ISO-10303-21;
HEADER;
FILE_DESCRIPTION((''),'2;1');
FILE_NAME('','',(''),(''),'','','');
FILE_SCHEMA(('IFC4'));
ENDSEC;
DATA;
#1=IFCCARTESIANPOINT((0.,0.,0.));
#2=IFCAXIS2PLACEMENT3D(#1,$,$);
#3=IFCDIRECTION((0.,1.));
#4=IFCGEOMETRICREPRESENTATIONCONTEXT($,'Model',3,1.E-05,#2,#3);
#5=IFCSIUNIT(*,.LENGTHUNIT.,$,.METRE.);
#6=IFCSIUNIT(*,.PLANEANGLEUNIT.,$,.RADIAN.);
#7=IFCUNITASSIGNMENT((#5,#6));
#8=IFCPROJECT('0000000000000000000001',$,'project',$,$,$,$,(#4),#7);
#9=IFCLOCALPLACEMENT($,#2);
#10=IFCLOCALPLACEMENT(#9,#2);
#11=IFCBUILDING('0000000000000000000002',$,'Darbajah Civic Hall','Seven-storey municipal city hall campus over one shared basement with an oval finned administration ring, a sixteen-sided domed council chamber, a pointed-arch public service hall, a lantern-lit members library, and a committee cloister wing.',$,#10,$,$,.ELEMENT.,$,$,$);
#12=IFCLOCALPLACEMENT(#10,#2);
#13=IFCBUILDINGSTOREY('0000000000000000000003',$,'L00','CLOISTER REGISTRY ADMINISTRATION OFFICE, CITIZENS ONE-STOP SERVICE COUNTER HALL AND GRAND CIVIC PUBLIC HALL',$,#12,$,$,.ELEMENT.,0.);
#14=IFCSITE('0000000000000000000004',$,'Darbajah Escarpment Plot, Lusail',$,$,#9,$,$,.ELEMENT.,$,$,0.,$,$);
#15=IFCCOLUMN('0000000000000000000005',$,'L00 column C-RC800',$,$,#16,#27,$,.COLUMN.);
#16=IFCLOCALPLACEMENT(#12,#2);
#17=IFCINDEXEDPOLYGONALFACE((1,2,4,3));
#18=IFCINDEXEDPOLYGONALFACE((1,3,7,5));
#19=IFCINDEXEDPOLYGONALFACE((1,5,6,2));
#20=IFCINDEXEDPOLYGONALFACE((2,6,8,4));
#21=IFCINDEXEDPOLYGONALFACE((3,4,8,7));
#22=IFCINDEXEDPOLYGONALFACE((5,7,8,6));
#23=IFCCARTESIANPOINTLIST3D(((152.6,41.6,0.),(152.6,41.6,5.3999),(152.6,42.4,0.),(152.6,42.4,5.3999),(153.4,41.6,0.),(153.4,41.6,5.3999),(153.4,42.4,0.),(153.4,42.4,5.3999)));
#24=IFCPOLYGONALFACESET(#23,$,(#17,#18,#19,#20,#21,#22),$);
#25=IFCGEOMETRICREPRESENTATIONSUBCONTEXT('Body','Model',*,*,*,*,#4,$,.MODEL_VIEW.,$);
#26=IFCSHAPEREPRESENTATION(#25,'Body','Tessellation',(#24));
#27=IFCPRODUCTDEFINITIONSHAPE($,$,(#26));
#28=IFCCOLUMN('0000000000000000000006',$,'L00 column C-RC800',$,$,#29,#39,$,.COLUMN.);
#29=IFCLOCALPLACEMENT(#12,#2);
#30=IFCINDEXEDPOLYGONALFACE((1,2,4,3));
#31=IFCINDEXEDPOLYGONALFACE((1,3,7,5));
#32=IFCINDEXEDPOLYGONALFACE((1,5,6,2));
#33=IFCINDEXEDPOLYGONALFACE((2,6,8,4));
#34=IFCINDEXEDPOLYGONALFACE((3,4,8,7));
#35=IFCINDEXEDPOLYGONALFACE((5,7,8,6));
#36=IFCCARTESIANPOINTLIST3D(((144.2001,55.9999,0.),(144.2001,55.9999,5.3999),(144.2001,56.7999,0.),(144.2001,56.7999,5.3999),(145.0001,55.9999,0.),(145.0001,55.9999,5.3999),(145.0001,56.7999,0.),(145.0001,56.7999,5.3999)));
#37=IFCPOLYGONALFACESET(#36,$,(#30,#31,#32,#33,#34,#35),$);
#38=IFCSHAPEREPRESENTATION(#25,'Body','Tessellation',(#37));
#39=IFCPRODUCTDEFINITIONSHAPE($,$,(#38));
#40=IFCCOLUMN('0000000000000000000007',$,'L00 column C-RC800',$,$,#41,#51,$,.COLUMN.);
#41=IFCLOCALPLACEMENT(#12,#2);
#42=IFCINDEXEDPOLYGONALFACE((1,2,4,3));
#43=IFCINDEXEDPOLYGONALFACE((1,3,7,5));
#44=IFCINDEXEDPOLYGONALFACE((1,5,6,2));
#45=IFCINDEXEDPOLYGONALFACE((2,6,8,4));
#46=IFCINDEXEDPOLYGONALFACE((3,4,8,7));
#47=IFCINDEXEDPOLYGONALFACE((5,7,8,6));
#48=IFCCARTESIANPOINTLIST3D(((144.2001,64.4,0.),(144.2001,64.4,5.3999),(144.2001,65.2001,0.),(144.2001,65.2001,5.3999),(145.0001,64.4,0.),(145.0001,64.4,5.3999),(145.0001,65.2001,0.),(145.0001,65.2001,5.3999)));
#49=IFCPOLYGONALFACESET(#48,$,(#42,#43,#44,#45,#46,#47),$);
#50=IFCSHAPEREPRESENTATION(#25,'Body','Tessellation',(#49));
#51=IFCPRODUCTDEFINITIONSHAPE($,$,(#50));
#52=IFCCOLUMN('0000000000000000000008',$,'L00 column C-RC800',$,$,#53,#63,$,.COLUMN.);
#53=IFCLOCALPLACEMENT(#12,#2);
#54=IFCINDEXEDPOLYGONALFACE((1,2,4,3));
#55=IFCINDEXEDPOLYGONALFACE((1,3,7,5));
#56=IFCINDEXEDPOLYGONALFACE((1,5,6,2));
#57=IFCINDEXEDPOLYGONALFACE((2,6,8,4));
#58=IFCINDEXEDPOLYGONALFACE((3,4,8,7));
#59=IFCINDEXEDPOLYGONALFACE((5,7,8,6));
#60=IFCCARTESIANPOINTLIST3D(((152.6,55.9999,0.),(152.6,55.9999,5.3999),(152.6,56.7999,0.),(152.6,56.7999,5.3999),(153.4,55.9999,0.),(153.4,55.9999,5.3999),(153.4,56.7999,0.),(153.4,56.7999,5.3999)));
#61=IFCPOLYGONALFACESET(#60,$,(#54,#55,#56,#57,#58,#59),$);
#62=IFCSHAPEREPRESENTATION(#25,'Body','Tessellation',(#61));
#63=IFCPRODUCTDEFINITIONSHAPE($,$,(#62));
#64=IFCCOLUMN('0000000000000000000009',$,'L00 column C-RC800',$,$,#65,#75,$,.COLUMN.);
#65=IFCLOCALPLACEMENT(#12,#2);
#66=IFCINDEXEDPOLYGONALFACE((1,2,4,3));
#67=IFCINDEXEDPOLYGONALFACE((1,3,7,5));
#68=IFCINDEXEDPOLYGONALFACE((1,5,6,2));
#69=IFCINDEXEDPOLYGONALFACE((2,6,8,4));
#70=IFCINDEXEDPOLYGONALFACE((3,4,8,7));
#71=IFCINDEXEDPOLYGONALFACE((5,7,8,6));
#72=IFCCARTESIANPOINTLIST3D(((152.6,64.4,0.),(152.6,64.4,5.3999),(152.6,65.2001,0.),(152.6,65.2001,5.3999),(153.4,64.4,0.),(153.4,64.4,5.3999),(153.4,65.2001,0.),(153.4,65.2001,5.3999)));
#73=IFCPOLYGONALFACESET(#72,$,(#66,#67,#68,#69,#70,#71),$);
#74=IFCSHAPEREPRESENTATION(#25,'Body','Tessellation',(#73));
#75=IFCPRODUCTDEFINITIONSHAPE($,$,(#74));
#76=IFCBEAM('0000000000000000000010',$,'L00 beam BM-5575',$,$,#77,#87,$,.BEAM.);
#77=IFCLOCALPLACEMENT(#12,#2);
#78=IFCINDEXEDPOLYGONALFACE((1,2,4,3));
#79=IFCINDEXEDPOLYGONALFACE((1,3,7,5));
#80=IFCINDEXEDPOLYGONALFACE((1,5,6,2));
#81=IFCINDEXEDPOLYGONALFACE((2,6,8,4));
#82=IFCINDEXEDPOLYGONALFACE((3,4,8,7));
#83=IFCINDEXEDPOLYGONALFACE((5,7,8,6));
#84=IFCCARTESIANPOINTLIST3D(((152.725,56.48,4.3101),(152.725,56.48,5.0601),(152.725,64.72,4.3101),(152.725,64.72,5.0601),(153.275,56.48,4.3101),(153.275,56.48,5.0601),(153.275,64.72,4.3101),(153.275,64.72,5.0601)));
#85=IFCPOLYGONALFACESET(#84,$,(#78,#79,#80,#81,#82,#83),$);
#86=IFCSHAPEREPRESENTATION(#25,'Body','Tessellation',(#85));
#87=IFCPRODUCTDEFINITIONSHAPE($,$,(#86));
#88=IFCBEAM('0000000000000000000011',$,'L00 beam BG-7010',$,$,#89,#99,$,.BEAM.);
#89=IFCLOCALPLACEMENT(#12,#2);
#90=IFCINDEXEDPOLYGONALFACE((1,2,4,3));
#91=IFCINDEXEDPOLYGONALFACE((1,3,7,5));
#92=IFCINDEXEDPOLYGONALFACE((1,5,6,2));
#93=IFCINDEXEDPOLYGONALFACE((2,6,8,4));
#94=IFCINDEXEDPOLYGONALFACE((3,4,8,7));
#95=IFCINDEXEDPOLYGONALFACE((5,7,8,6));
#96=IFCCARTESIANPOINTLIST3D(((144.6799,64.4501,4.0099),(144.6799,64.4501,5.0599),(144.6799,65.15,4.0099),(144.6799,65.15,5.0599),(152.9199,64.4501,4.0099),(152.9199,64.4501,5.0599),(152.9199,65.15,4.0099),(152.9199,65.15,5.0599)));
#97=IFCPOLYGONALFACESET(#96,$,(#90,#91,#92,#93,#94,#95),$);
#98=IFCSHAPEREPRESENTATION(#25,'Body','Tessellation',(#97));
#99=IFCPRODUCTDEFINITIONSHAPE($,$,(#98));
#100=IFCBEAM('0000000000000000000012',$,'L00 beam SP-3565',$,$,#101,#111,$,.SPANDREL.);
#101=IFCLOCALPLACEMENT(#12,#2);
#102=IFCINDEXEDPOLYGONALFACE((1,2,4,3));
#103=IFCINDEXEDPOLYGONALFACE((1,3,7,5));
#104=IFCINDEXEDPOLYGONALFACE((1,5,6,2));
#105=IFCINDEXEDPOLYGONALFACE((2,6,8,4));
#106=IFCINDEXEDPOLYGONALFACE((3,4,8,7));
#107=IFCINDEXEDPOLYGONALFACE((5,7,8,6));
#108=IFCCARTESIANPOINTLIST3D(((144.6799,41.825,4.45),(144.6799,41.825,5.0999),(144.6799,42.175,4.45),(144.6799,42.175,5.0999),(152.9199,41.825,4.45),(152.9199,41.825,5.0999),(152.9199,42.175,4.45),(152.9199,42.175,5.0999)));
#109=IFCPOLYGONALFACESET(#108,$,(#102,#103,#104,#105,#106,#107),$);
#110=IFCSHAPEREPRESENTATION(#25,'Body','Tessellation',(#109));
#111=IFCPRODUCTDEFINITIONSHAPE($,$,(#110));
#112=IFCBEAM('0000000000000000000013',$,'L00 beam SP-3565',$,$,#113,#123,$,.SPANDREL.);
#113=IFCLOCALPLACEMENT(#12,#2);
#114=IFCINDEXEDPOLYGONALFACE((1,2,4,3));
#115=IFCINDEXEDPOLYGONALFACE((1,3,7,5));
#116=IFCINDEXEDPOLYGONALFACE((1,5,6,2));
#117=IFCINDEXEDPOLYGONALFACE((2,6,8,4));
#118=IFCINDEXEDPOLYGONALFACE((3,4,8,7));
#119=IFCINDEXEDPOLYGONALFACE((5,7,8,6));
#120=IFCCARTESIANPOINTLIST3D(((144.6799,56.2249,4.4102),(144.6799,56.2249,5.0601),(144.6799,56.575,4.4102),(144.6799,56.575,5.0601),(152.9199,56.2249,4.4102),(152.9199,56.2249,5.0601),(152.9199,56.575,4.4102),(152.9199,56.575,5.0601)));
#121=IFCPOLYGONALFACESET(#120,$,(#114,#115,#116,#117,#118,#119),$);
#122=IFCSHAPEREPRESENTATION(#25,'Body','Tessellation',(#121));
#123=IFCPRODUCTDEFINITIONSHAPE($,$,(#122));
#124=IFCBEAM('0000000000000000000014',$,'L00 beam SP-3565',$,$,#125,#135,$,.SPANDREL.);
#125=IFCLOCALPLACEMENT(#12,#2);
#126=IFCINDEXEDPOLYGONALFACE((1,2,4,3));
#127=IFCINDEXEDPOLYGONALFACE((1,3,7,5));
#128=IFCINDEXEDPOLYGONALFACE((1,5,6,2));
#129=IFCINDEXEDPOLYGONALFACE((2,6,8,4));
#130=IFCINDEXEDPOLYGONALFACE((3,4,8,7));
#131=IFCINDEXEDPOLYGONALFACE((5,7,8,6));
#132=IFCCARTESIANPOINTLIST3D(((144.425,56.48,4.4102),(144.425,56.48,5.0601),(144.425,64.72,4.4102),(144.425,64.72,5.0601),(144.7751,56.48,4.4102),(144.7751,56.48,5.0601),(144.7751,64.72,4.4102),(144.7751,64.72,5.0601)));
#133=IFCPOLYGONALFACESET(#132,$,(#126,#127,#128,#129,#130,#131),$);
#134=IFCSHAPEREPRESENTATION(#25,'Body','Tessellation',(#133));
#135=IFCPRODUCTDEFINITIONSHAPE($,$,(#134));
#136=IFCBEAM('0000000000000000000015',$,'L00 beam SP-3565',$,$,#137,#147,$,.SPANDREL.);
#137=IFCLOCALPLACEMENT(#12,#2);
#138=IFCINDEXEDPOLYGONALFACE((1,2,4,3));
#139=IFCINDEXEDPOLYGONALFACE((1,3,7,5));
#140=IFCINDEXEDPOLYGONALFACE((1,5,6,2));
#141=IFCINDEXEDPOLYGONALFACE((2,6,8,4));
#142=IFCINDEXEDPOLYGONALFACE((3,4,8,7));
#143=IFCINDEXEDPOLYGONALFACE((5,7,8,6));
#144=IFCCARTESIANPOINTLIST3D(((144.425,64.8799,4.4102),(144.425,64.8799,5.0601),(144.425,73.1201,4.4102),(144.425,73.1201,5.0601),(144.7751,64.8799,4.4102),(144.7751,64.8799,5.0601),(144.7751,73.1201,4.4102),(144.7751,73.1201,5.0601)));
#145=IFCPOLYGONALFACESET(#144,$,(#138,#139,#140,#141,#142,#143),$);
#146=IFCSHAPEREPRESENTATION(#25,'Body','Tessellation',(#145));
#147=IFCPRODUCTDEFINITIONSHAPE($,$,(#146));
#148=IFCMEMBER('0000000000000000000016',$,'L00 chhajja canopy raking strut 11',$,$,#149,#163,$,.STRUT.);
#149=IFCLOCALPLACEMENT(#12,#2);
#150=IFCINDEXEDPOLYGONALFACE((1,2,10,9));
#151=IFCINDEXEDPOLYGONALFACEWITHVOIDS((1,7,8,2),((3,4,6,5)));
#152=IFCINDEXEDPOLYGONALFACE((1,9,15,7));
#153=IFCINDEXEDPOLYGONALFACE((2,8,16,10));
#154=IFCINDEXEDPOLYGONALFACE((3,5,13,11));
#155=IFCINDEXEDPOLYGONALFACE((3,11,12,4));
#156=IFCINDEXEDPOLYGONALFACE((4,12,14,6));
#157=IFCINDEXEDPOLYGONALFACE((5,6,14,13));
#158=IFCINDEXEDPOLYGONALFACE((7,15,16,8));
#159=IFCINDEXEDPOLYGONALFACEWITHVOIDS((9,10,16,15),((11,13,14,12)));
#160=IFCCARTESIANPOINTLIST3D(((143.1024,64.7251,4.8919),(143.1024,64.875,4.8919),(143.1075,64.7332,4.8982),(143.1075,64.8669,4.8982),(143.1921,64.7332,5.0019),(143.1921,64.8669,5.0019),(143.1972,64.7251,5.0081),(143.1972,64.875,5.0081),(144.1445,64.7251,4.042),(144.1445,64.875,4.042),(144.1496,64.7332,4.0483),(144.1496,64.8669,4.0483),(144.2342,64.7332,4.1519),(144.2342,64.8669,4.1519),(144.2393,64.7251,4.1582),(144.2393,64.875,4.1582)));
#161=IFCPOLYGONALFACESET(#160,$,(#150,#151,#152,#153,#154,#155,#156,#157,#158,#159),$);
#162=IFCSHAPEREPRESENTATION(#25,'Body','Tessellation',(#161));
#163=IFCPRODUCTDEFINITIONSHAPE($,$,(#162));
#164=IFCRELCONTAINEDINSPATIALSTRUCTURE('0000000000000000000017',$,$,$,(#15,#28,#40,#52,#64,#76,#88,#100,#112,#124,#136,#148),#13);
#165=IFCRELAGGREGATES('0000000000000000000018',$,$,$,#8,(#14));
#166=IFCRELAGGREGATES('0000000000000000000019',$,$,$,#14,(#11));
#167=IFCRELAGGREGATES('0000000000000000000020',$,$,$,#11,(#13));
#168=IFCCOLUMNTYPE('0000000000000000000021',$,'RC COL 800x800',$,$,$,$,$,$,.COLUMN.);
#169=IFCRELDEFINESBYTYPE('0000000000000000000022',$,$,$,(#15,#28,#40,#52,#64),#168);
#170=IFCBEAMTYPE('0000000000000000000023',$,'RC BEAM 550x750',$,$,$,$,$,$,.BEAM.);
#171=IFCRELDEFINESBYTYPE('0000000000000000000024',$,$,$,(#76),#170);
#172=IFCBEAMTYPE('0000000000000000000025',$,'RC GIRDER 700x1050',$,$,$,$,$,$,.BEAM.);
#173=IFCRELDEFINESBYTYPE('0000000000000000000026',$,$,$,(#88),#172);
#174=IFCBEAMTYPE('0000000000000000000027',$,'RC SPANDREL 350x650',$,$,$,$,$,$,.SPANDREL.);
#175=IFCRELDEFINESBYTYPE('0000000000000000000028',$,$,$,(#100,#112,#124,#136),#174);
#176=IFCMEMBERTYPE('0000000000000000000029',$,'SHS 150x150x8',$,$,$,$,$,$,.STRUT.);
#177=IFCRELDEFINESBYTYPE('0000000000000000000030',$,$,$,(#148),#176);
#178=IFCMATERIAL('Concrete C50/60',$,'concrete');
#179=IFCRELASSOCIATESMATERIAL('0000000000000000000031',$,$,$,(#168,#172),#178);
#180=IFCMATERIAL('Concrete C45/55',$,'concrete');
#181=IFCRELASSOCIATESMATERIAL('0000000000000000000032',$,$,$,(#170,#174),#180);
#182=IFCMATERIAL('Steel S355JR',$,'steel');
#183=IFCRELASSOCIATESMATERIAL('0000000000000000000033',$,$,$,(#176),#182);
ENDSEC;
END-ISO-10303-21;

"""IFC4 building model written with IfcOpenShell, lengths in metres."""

from ifc_helpers import new_model, si_unit, direction, frame, origin, origin_2d, place, context, subcontext, project, spatial, rectangle, hollow_rectangle, extrude, material, material_profile, profile_set, type_object, element, save


model = new_model("IFC4")

# Units and contexts
model_context = context("Model", 3, precision=1e-05, world=origin(), true_north=direction((0.0, 1.0)))
body_context = subcontext(model_context, "Body", "Model", "MODEL_VIEW")
ifc_project = project(units=[si_unit("LENGTHUNIT", "METRE"), si_unit("PLANEANGLEUNIT", "RADIAN")], contexts=[model_context])

# Site, building, storey
site_placement = place(None, origin())
site = spatial("IfcSite", under=ifc_project, at=site_placement, Name="Darbajah Escarpment Plot, Lusail", CompositionType="ELEMENT", RefElevation=0.0)
building_placement = place(site_placement, origin())
building = spatial("IfcBuilding", under=site, at=building_placement, Name="Darbajah Civic Hall", Description="Seven-storey municipal city hall campus over one shared basement with an oval finned administration ring, a sixteen-sided domed council chamber, a pointed-arch public service hall, a lantern-lit members library, and a committee cloister wing.", CompositionType="ELEMENT")
storey_placement = place(building_placement, origin())
storey = spatial("IfcBuildingStorey", under=building, at=storey_placement, Name="L00", Description="CLOISTER REGISTRY ADMINISTRATION OFFICE, CITIZENS ONE-STOP SERVICE COUNTER HALL AND GRAND CIVIC PUBLIC HALL", CompositionType="ELEMENT", Elevation=0.0)

# Columns
ifc_material_1 = material(Name="Concrete C50/60", Category="concrete")
ifc_material_profile_1 = material_profile(ifc_material_1, rectangle(XDim=0.8, YDim=0.8, at=origin_2d()), Name="RC COL 800x800")
ifc_profile_set_1 = profile_set([ifc_material_profile_1], Name="Concrete C50/60")
column_type = type_object("IfcColumnType", Name="RC COL 800x800", PredefinedType="COLUMN", material=ifc_profile_set_1)
for number, where, z_axis, x_axis, name in (
    (1, (153.0, 42.0, 0.0), (0.0, 0.0, 1.0), (1.0, 0.0, 0.0), "L00 column C-RC800"),
    (2, (144.6001, 56.3999, 0.0), (0.0, 0.0, 1.0), (1.0, 0.0, 0.0), "L00 column C-RC800"),
    (3, (144.6001, 64.8, 0.0), (0.0, 0.0, 1.0), (1.0, 0.0, 0.0), "L00 column C-RC800"),
    (4, (153.0, 56.3999, 0.0), (0.0, 0.0, 1.0), (1.0, 0.0, 0.0), "L00 column C-RC800"),
    (5, (153.0, 64.8, 0.0), (0.0, 0.0, 1.0), (1.0, 0.0, 0.0), "L00 column C-RC800"),
):
    element("IfcColumn", number, at=place(storey_placement, frame(where, z_axis=z_axis, x_axis=x_axis)), inside=storey, type_object=column_type, Name=name, PredefinedType="COLUMN", context=body_context, shape_type="SweptSolid", body=[
        extrude(rectangle(XDim=0.8, YDim=0.8, at=origin_2d()), origin(), (0.0, 0.0, 1.0), 5.3999),
    ])

# Beams
ifc_material_2 = material(Name="Concrete C45/55", Category="concrete")
ifc_material_profile_2 = material_profile(ifc_material_2, rectangle(XDim=0.55, YDim=0.75, at=origin_2d()), Name="RC BEAM 550x750")
ifc_profile_set_2 = profile_set([ifc_material_profile_2], Name="Concrete C45/55")
beam_type_1 = type_object("IfcBeamType", Name="RC BEAM 550x750", PredefinedType="BEAM", material=ifc_profile_set_2)
beam_1_placement = place(storey_placement, frame((153.0, 56.48, 4.6851), z_axis=(0.0, 1.0, 0.0), x_axis=(-1.0, 0.0, 0.0)))
element("IfcBeam", 6, at=beam_1_placement, inside=storey, type_object=beam_type_1, Name="L00 beam BM-5575", PredefinedType="BEAM", context=body_context, shape_type="SweptSolid", body=[
    extrude(rectangle(XDim=0.55, YDim=0.75, at=origin_2d()), origin(), (0.0, 0.0, 1.0), 8.24),
])
ifc_material_profile_3 = material_profile(ifc_material_1, rectangle(XDim=0.7, YDim=1.05, at=origin_2d()), Name="RC GIRDER 700x1050")
ifc_profile_set_3 = profile_set([ifc_material_profile_3], Name="Concrete C50/60")
beam_type_2 = type_object("IfcBeamType", Name="RC GIRDER 700x1050", PredefinedType="BEAM", material=ifc_profile_set_3)
beam_2_placement = place(storey_placement, frame((144.6799, 64.8, 4.5349), z_axis=(1.0, 0.0, 0.0), x_axis=(0.0, 1.0, 0.0)))
element("IfcBeam", 7, at=beam_2_placement, inside=storey, type_object=beam_type_2, Name="L00 beam BG-7010", PredefinedType="BEAM", context=body_context, shape_type="SweptSolid", body=[
    extrude(rectangle(XDim=0.7, YDim=1.05, at=origin_2d()), origin(), (0.0, 0.0, 1.0), 8.24),
])
ifc_material_profile_4 = material_profile(ifc_material_2, rectangle(XDim=0.3501, YDim=0.6499, at=origin_2d()), Name="RC SPANDREL 350x650")
ifc_profile_set_4 = profile_set([ifc_material_profile_4], Name="Concrete C45/55")
beam_type_3 = type_object("IfcBeamType", Name="RC SPANDREL 350x650", PredefinedType="SPANDREL", material=ifc_profile_set_4)
for number, where, z_axis, x_axis, name in (
    (8, (144.6799, 42.0, 4.7749), (1.0, 0.0, 0.0), (0.0, 1.0, 0.0), "L00 beam SP-3565"),
    (9, (144.6799, 56.3999, 4.7351), (1.0, 0.0, 0.0), (0.0, 1.0, 0.0), "L00 beam SP-3565"),
    (10, (144.6001, 56.48, 4.7351), (0.0, 1.0, 0.0), (-1.0, 0.0, 0.0), "L00 beam SP-3565"),
):
    element("IfcBeam", number, at=place(storey_placement, frame(where, z_axis=z_axis, x_axis=x_axis)), inside=storey, type_object=beam_type_3, Name=name, PredefinedType="SPANDREL", context=body_context, shape_type="SweptSolid", body=[
        extrude(rectangle(XDim=0.3501, YDim=0.6499, at=origin_2d()), origin(), (0.0, 0.0, 1.0), 8.24),
    ])
beam_3_placement = place(storey_placement, frame((144.6001, 64.8799, 4.7351), z_axis=(0.0, 1.0, 0.0), x_axis=(-1.0, 0.0, 0.0)))
element("IfcBeam", 11, at=beam_3_placement, inside=storey, type_object=beam_type_3, Name="L00 beam SP-3565", PredefinedType="SPANDREL", context=body_context, shape_type="SweptSolid", body=[
    extrude(rectangle(XDim=0.3501, YDim=0.6499, at=origin_2d()), origin(), (0.0, 0.0, 1.0), 8.2402),
])

# Member
ifc_material_3 = material(Name="Steel S355JR", Category="steel")
ifc_material_profile_5 = material_profile(ifc_material_3, hollow_rectangle(XDim=0.1499, YDim=0.1499, WallThickness=0.0081, at=origin_2d()), Name="SHS 150x150x8")
ifc_profile_set_5 = profile_set([ifc_material_profile_5], Name="Steel S355JR")
member_type = type_object("IfcMemberType", Name="SHS 150x150x8", PredefinedType="STRUT", material=ifc_profile_set_5)
member_placement = place(storey_placement, frame((144.1919, 64.8, 4.1001), z_axis=(-0.774935, 0.0, 0.632041), x_axis=(0.0, -1.0, 0.0)))
element("IfcMember", 12, at=member_placement, inside=storey, type_object=member_type, Name="L00 chhajja canopy raking strut 11", PredefinedType="STRUT", context=body_context, shape_type="SweptSolid", body=[
    extrude(hollow_rectangle(XDim=0.1499, YDim=0.1499, WallThickness=0.0081, at=origin_2d()), origin(), (0.0, 0.0, 1.0), 1.3447),
])

save(model, "model.ifc")
